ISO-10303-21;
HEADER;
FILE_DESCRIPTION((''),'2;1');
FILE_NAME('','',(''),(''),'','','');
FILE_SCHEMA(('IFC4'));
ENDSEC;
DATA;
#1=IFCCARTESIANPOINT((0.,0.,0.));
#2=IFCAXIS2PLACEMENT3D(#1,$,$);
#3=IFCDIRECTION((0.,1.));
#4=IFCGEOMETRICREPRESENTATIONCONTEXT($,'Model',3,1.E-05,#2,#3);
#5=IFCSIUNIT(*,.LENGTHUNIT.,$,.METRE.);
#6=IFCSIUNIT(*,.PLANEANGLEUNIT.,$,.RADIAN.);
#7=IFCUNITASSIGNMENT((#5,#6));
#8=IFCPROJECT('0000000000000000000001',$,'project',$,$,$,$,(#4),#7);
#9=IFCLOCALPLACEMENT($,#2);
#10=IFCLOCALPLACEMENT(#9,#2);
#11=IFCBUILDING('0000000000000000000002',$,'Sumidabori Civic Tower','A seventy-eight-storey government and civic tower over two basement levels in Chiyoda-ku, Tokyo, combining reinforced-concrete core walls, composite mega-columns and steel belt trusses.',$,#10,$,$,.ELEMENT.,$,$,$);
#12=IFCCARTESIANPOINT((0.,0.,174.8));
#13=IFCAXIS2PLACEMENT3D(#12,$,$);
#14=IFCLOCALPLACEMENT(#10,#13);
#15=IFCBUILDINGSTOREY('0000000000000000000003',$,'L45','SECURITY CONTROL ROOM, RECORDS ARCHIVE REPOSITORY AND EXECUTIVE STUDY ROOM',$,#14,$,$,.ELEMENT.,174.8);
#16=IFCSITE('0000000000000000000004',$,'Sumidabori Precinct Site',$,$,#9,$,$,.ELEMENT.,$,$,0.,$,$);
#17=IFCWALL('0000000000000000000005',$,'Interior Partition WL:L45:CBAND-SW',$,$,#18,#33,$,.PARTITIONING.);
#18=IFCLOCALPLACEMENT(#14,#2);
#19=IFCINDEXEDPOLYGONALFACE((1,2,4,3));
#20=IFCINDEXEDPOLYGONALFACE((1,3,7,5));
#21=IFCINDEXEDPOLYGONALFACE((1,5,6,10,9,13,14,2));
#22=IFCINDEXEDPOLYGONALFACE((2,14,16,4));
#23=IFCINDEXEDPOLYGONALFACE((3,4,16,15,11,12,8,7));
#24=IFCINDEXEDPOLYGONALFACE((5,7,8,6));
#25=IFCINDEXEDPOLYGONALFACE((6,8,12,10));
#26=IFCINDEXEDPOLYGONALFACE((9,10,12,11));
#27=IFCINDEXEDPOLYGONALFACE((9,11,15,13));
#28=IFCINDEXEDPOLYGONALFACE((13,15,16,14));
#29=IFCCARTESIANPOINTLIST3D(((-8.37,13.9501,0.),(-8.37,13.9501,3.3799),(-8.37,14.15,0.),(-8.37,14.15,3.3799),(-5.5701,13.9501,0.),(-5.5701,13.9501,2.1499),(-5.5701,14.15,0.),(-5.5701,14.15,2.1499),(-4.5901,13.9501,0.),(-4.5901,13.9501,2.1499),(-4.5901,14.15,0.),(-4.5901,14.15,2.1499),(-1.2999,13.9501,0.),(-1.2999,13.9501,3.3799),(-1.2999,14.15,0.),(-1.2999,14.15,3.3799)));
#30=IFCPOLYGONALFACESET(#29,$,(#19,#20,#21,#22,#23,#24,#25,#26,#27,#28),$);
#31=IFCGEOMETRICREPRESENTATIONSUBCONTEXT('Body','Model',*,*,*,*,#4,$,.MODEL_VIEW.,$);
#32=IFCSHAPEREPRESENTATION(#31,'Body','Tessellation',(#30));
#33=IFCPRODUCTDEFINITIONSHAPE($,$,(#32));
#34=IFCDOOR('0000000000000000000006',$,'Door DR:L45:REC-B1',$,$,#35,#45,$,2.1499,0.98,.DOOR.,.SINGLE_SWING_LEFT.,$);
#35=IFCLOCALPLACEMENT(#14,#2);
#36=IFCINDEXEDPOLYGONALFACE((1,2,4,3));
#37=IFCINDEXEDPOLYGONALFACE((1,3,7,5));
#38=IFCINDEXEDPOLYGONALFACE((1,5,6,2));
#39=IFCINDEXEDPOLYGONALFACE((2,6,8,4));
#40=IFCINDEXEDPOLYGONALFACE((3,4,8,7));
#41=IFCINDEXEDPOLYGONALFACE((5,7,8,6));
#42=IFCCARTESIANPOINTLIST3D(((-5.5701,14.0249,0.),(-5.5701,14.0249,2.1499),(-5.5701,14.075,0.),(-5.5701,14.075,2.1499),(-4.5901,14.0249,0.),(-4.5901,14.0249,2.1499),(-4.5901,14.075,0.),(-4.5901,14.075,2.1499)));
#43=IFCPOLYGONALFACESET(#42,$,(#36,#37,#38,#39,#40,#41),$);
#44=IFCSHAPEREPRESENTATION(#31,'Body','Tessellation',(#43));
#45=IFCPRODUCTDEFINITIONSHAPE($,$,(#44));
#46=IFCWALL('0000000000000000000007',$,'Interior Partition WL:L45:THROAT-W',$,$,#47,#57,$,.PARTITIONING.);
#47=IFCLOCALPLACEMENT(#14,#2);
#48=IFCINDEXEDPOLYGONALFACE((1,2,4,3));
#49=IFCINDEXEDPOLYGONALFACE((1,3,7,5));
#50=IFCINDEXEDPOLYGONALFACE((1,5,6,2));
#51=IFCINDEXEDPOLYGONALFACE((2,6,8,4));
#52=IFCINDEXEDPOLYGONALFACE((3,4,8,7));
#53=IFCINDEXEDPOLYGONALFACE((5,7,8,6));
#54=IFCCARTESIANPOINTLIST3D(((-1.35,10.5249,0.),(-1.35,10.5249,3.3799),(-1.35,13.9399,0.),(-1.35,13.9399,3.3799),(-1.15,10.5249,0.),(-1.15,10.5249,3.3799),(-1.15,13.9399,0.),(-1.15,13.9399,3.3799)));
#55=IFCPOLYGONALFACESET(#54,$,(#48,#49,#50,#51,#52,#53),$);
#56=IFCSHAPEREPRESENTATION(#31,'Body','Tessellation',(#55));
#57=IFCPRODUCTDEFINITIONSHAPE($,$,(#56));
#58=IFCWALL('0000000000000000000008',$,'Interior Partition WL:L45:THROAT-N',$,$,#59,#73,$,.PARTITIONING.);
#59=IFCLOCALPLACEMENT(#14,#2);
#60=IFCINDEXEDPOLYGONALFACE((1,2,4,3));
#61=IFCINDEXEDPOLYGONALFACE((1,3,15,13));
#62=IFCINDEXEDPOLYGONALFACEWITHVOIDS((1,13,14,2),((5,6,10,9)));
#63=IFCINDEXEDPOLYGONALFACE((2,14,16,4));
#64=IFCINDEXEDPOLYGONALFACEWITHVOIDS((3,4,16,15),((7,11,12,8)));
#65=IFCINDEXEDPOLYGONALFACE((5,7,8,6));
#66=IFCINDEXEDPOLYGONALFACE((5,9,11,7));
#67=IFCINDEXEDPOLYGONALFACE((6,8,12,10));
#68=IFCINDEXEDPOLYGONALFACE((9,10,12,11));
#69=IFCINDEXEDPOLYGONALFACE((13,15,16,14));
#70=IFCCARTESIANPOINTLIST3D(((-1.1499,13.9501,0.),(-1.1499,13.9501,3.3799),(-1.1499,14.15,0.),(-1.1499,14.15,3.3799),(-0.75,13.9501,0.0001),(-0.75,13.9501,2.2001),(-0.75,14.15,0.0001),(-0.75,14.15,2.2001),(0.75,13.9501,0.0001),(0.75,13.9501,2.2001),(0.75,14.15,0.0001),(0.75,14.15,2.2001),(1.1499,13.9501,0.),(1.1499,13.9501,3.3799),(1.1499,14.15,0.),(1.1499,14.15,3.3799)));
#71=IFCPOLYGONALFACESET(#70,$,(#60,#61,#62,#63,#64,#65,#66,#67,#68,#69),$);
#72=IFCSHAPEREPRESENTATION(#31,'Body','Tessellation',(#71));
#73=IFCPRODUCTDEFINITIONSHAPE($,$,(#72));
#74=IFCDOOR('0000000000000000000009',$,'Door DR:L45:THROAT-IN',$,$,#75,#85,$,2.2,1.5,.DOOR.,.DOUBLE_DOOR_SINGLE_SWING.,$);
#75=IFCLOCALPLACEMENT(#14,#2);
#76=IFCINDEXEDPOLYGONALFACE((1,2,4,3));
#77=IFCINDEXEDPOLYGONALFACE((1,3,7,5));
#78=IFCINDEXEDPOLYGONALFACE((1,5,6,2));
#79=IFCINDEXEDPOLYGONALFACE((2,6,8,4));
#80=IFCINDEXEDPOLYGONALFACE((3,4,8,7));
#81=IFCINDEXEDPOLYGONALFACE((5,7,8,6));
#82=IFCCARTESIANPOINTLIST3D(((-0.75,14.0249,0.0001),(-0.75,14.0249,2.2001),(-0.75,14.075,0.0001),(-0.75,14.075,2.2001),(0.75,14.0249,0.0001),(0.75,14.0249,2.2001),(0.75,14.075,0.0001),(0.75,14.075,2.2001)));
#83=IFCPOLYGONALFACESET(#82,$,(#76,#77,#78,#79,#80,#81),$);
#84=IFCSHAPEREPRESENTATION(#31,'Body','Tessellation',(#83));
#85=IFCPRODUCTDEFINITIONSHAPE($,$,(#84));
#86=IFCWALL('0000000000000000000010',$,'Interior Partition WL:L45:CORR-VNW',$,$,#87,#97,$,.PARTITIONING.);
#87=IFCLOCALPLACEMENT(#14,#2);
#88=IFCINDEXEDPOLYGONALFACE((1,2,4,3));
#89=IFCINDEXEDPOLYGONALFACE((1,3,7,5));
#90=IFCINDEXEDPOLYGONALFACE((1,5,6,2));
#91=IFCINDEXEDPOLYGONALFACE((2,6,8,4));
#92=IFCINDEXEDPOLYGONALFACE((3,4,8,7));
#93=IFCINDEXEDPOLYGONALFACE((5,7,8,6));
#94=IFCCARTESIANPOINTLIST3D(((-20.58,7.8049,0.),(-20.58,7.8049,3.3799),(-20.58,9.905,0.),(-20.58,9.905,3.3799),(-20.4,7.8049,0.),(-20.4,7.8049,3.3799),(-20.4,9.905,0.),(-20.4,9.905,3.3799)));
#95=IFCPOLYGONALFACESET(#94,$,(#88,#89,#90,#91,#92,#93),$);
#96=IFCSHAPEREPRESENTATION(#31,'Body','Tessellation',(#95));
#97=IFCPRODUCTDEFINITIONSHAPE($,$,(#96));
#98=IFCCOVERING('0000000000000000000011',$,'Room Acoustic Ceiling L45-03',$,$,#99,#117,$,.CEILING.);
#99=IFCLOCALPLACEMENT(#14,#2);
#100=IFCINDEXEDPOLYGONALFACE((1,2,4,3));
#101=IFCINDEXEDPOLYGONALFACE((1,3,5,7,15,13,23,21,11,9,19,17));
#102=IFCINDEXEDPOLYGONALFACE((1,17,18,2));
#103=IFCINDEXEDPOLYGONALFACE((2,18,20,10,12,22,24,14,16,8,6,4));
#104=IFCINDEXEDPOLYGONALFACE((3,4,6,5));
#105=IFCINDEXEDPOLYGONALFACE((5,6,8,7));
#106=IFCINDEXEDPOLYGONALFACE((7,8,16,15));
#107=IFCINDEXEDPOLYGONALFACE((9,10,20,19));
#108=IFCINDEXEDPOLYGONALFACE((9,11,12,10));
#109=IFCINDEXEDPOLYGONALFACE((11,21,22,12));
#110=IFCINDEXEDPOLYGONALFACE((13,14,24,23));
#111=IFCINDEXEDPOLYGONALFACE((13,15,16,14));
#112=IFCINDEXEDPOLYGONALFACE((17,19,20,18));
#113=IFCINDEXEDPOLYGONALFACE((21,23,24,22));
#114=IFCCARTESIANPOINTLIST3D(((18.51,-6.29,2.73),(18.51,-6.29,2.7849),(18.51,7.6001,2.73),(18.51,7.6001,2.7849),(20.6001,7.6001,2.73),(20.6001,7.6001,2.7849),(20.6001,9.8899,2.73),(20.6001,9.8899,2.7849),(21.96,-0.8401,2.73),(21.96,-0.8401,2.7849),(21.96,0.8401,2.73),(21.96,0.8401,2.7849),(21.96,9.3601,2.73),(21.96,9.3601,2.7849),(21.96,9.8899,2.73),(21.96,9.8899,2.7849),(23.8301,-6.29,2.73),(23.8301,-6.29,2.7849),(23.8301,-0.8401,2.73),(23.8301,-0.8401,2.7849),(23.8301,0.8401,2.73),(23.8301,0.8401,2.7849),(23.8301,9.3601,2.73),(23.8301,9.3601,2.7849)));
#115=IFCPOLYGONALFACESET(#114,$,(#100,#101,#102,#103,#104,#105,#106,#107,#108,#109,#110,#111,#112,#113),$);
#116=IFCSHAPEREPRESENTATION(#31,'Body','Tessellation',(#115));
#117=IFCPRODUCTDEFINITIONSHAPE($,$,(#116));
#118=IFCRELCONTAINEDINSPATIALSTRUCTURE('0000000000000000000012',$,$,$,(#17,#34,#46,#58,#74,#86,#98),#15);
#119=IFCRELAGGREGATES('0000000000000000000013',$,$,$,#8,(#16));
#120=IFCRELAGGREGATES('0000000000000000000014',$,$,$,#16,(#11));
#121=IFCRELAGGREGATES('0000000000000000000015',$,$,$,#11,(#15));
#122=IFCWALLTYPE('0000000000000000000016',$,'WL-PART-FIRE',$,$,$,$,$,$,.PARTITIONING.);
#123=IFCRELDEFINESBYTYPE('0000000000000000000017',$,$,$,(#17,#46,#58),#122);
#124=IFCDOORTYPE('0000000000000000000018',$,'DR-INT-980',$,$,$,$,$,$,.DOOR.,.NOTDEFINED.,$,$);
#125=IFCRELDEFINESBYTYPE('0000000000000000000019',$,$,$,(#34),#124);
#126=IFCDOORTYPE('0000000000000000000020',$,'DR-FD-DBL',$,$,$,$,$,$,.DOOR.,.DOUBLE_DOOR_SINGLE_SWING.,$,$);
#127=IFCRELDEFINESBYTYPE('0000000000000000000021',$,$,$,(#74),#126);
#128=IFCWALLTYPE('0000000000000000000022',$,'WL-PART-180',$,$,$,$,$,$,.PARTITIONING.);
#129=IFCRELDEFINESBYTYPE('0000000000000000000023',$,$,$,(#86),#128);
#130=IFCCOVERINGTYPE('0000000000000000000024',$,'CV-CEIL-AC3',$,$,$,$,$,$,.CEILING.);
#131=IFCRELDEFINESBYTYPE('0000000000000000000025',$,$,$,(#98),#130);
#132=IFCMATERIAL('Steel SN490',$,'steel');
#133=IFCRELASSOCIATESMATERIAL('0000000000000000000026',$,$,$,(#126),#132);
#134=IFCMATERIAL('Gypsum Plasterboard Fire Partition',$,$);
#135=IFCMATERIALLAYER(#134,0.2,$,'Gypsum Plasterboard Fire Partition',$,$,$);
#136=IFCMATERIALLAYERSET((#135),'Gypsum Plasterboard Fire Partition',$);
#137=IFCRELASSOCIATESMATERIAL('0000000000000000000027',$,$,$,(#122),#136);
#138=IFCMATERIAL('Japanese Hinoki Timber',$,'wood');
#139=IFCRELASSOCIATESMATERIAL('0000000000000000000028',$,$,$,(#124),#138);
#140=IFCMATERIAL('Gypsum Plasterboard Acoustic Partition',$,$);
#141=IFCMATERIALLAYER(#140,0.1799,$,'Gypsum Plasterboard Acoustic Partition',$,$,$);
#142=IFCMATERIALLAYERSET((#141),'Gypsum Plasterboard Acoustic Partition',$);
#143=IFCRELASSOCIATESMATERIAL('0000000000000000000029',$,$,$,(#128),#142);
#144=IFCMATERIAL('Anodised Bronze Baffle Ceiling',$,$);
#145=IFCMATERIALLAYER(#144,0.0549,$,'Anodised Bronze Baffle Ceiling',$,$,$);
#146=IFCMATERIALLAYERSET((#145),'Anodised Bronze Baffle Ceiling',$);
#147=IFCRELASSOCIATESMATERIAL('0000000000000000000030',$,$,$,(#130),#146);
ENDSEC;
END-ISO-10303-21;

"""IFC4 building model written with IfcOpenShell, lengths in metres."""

from ifc_helpers import new_model, si_unit, direction, frame, frame_2d, origin, place, context, subcontext, project, spatial, polyline, rectangle, outline, extrude, source, transform, mapped, material, layer, layer_set, type_object, element, fill, save


model = new_model("IFC4")

# Units and contexts
model_context = context("Model", 3, precision=1e-05, world=origin(), true_north=direction((0.0, 1.0)))
body_context = subcontext(model_context, "Body", "Model", "MODEL_VIEW")
ifc_project = project(units=[si_unit("LENGTHUNIT", "METRE"), si_unit("PLANEANGLEUNIT", "RADIAN")], contexts=[model_context])

# Site, building, storey
site_placement = place(None, origin())
site = spatial("IfcSite", under=ifc_project, at=site_placement, Name="Sumidabori Precinct Site", CompositionType="ELEMENT", RefElevation=0.0)
building_placement = place(site_placement, origin())
building = spatial("IfcBuilding", under=site, at=building_placement, Name="Sumidabori Civic Tower", Description="A seventy-eight-storey government and civic tower over two basement levels in Chiyoda-ku, Tokyo, combining reinforced-concrete core walls, composite mega-columns and steel belt trusses.", CompositionType="ELEMENT")
storey_placement = place(building_placement, frame((0.0, 0.0, 174.8)))
storey = spatial("IfcBuildingStorey", under=building, at=storey_placement, Name="L45", Description="SECURITY CONTROL ROOM, RECORDS ARCHIVE REPOSITORY AND EXECUTIVE STUDY ROOM", CompositionType="ELEMENT", Elevation=174.8)

# Shared definitions
ifc_material_1 = material(Name="Steel SN490", Category="steel")

# Shared definitions
door_type_1 = type_object("IfcDoorType", Name="DR-FD-DBL", OperationType="DOUBLE_DOOR_SINGLE_SWING", PredefinedType="DOOR", material=ifc_material_1)
shared_shape_1 = source(origin(), body_context, "Body", "SweptSolid", [
    extrude(rectangle(XDim=1.5, YDim=2.2, at=frame_2d((0.75, 1.1001))), frame((0.0, 0.0249, 0.0), z_axis=(0.0, -1.0, 0.0), x_axis=(1.0, 0.0, 0.0)), (0.0, 0.0, 1.0), 0.05),
])

# Wall, opening, door
ifc_material_2 = material(Name="Gypsum Plasterboard Fire Partition")
ifc_layer_1 = layer(ifc_material_2, 0.2, Name="Gypsum Plasterboard Fire Partition")
ifc_layer_set_1 = layer_set([ifc_layer_1], Name="Gypsum Plasterboard Fire Partition")
wall_type_1 = type_object("IfcWallType", Name="WL-PART-FIRE", PredefinedType="PARTITIONING", material=ifc_layer_set_1)
shared_shape_2 = source(origin(), body_context, "Body", "SweptSolid", [
    extrude(rectangle(XDim=7.0701, YDim=0.2, at=frame_2d((3.5352, 0.0))), origin(), (0.0, 0.0, 1.0), 3.3799),
])
wall_1_placement = place(storey_placement, frame((-8.3701, 14.05, 0.0), z_axis=(0.0, 0.0, 1.0), x_axis=(1.0, 0.0, 0.0)))
wall_1 = element("IfcWall", 1, at=wall_1_placement, inside=storey, type_object=wall_type_1, Name="Interior Partition WL:L45:CBAND-SW", PredefinedType="PARTITIONING", context=body_context, shape_type="MappedRepresentation", body=[
    mapped(shared_shape_2, transform((0.0, 0.0, 0.0), x_axis=(1.0, 0.0, 0.0), y_axis=(0.0, 1.0, 0.0), z_axis=(0.0, 0.0, 1.0), scale=1.0)),
])
opening_1_placement = place(wall_1_placement, frame((2.8, 0.0, 0.0)))
opening_1 = element("IfcOpeningElement", 2, at=opening_1_placement, cuts=wall_1, PredefinedType="OPENING", context=body_context, shape_type="SweptSolid", body=[
    extrude(rectangle(XDim=0.98, YDim=2.1499, at=frame_2d((0.49, 1.075))), frame((0.0, 0.1118, 0.0), z_axis=(0.0, -1.0, 0.0), x_axis=(1.0, 0.0, 0.0)), (0.0, 0.0, 1.0), 0.2239),
])
ifc_material_3 = material(Name="Japanese Hinoki Timber", Category="wood")
door_type_2 = type_object("IfcDoorType", Name="DR-INT-980", OperationType="NOTDEFINED", PredefinedType="DOOR", material=ifc_material_3)
shared_shape_3 = source(origin(), body_context, "Body", "SweptSolid", [
    extrude(rectangle(XDim=0.98, YDim=2.1499, at=frame_2d((0.49, 1.075))), frame((0.0, 0.0249, 0.0), z_axis=(0.0, -1.0, 0.0), x_axis=(1.0, 0.0, 0.0)), (0.0, 0.0, 1.0), 0.05),
])
door_1_placement = place(opening_1_placement, origin())
door_1 = element("IfcDoor", 3, at=door_1_placement, inside=storey, type_object=door_type_2, Name="Door DR:L45:REC-B1", OperationType="SINGLE_SWING_LEFT", OverallHeight=2.1499, OverallWidth=0.98, PredefinedType="DOOR", context=body_context, shape_type="MappedRepresentation", body=[
    mapped(shared_shape_3, transform((0.0, 0.0, 0.0), x_axis=(1.0, 0.0, 0.0), y_axis=(0.0, 1.0, 0.0), z_axis=(0.0, 0.0, 1.0), scale=1.0)),
])
fill(opening_1, door_1)

# Wall
shared_shape_4 = source(origin(), body_context, "Body", "SweptSolid", [
    extrude(rectangle(XDim=3.415, YDim=0.2, at=frame_2d((1.7075, 0.0))), origin(), (0.0, 0.0, 1.0), 3.3799),
])
wall_2_placement = place(storey_placement, frame((-1.25, 10.5249, 0.0), z_axis=(0.0, 0.0, 1.0), x_axis=(0.0, 1.0, 0.0)))
element("IfcWall", 4, at=wall_2_placement, inside=storey, type_object=wall_type_1, Name="Interior Partition WL:L45:THROAT-W", PredefinedType="PARTITIONING", context=body_context, shape_type="MappedRepresentation", body=[
    mapped(shared_shape_4, transform((0.0, 0.0, 0.0), x_axis=(1.0, 0.0, 0.0), y_axis=(0.0, 1.0, 0.0), z_axis=(0.0, 0.0, 1.0), scale=1.0)),
])

# Wall, opening, door
shared_shape_5 = source(origin(), body_context, "Body", "SweptSolid", [
    extrude(rectangle(XDim=2.2998, YDim=0.2, at=frame_2d((1.1499, 0.0))), origin(), (0.0, 0.0, 1.0), 3.3799),
])
wall_3_placement = place(storey_placement, frame((-1.1499, 14.05, 0.0), z_axis=(0.0, 0.0, 1.0), x_axis=(1.0, 0.0, 0.0)))
wall_3 = element("IfcWall", 5, at=wall_3_placement, inside=storey, type_object=wall_type_1, Name="Interior Partition WL:L45:THROAT-N", PredefinedType="PARTITIONING", context=body_context, shape_type="MappedRepresentation", body=[
    mapped(shared_shape_5, transform((0.0, 0.0, 0.0), x_axis=(1.0, 0.0, 0.0), y_axis=(0.0, 1.0, 0.0), z_axis=(0.0, 0.0, 1.0), scale=1.0)),
])
opening_2_placement = place(wall_3_placement, frame((0.3999, 0.0, 0.0)))
opening_2 = element("IfcOpeningElement", 6, at=opening_2_placement, cuts=wall_3, PredefinedType="OPENING", context=body_context, shape_type="SweptSolid", body=[
    extrude(rectangle(XDim=1.5, YDim=2.2, at=frame_2d((0.75, 1.1001))), frame((0.0, 0.1118, 0.0), z_axis=(0.0, -1.0, 0.0), x_axis=(1.0, 0.0, 0.0)), (0.0, 0.0, 1.0), 0.2239),
])
door_2_placement = place(opening_2_placement, origin())
door_2 = element("IfcDoor", 7, at=door_2_placement, inside=storey, type_object=door_type_1, Name="Door DR:L45:THROAT-IN", OperationType="DOUBLE_DOOR_SINGLE_SWING", OverallHeight=2.2, OverallWidth=1.5, PredefinedType="DOOR", context=body_context, shape_type="MappedRepresentation", body=[
    mapped(shared_shape_1, transform((0.0, 0.0, 0.0), x_axis=(1.0, 0.0, 0.0), y_axis=(0.0, 1.0, 0.0), z_axis=(0.0, 0.0, 1.0), scale=1.0)),
])
fill(opening_2, door_2)

# Wall
ifc_material_4 = material(Name="Gypsum Plasterboard Acoustic Partition")
ifc_layer_2 = layer(ifc_material_4, 0.1799, Name="Gypsum Plasterboard Acoustic Partition")
ifc_layer_set_2 = layer_set([ifc_layer_2], Name="Gypsum Plasterboard Acoustic Partition")
wall_type_2 = type_object("IfcWallType", Name="WL-PART-180", PredefinedType="PARTITIONING", material=ifc_layer_set_2)
shared_shape_6 = source(origin(), body_context, "Body", "SweptSolid", [
    extrude(rectangle(XDim=2.1001, YDim=0.1799, at=frame_2d((1.05, 0.0))), origin(), (0.0, 0.0, 1.0), 3.3799),
])
wall_4_placement = place(storey_placement, frame((-20.49, 7.8049, 0.0), z_axis=(0.0, 0.0, 1.0), x_axis=(0.0, 1.0, 0.0)))
element("IfcWall", 8, at=wall_4_placement, inside=storey, type_object=wall_type_2, Name="Interior Partition WL:L45:CORR-VNW", PredefinedType="PARTITIONING", context=body_context, shape_type="MappedRepresentation", body=[
    mapped(shared_shape_6, transform((0.0, 0.0, 0.0), x_axis=(1.0, 0.0, 0.0), y_axis=(0.0, 1.0, 0.0), z_axis=(0.0, 0.0, 1.0), scale=1.0)),
])

# Covering
ifc_material_5 = material(Name="Anodised Bronze Baffle Ceiling")
ifc_layer_3 = layer(ifc_material_5, 0.0549, Name="Anodised Bronze Baffle Ceiling")
ifc_layer_set_3 = layer_set([ifc_layer_3], Name="Anodised Bronze Baffle Ceiling")
covering_type = type_object("IfcCoveringType", Name="CV-CEIL-AC3", PredefinedType="CEILING", material=ifc_layer_set_3)
covering_placement = place(storey_placement, frame((0.0, 0.0, 2.73)))
element("IfcCovering", 9, at=covering_placement, inside=storey, type_object=covering_type, Name="Room Acoustic Ceiling L45-03", PredefinedType="CEILING", context=body_context, shape_type="SweptSolid", body=[
    extrude(outline(polyline([(18.51, 7.6001), (20.6001, 7.6001), (20.6001, 9.8899), (21.96, 9.8899), (21.96, 9.3601), (23.8301, 9.3601), (23.8301, 0.8401), (21.96, 0.8401), (21.96, -0.8401), (23.8301, -0.8401), (23.8301, -6.29), (18.51, -6.29), (18.51, 7.6001)])), origin(), (0.0, 0.0, 1.0), 0.0549),
])

save(model, "model.ifc")
